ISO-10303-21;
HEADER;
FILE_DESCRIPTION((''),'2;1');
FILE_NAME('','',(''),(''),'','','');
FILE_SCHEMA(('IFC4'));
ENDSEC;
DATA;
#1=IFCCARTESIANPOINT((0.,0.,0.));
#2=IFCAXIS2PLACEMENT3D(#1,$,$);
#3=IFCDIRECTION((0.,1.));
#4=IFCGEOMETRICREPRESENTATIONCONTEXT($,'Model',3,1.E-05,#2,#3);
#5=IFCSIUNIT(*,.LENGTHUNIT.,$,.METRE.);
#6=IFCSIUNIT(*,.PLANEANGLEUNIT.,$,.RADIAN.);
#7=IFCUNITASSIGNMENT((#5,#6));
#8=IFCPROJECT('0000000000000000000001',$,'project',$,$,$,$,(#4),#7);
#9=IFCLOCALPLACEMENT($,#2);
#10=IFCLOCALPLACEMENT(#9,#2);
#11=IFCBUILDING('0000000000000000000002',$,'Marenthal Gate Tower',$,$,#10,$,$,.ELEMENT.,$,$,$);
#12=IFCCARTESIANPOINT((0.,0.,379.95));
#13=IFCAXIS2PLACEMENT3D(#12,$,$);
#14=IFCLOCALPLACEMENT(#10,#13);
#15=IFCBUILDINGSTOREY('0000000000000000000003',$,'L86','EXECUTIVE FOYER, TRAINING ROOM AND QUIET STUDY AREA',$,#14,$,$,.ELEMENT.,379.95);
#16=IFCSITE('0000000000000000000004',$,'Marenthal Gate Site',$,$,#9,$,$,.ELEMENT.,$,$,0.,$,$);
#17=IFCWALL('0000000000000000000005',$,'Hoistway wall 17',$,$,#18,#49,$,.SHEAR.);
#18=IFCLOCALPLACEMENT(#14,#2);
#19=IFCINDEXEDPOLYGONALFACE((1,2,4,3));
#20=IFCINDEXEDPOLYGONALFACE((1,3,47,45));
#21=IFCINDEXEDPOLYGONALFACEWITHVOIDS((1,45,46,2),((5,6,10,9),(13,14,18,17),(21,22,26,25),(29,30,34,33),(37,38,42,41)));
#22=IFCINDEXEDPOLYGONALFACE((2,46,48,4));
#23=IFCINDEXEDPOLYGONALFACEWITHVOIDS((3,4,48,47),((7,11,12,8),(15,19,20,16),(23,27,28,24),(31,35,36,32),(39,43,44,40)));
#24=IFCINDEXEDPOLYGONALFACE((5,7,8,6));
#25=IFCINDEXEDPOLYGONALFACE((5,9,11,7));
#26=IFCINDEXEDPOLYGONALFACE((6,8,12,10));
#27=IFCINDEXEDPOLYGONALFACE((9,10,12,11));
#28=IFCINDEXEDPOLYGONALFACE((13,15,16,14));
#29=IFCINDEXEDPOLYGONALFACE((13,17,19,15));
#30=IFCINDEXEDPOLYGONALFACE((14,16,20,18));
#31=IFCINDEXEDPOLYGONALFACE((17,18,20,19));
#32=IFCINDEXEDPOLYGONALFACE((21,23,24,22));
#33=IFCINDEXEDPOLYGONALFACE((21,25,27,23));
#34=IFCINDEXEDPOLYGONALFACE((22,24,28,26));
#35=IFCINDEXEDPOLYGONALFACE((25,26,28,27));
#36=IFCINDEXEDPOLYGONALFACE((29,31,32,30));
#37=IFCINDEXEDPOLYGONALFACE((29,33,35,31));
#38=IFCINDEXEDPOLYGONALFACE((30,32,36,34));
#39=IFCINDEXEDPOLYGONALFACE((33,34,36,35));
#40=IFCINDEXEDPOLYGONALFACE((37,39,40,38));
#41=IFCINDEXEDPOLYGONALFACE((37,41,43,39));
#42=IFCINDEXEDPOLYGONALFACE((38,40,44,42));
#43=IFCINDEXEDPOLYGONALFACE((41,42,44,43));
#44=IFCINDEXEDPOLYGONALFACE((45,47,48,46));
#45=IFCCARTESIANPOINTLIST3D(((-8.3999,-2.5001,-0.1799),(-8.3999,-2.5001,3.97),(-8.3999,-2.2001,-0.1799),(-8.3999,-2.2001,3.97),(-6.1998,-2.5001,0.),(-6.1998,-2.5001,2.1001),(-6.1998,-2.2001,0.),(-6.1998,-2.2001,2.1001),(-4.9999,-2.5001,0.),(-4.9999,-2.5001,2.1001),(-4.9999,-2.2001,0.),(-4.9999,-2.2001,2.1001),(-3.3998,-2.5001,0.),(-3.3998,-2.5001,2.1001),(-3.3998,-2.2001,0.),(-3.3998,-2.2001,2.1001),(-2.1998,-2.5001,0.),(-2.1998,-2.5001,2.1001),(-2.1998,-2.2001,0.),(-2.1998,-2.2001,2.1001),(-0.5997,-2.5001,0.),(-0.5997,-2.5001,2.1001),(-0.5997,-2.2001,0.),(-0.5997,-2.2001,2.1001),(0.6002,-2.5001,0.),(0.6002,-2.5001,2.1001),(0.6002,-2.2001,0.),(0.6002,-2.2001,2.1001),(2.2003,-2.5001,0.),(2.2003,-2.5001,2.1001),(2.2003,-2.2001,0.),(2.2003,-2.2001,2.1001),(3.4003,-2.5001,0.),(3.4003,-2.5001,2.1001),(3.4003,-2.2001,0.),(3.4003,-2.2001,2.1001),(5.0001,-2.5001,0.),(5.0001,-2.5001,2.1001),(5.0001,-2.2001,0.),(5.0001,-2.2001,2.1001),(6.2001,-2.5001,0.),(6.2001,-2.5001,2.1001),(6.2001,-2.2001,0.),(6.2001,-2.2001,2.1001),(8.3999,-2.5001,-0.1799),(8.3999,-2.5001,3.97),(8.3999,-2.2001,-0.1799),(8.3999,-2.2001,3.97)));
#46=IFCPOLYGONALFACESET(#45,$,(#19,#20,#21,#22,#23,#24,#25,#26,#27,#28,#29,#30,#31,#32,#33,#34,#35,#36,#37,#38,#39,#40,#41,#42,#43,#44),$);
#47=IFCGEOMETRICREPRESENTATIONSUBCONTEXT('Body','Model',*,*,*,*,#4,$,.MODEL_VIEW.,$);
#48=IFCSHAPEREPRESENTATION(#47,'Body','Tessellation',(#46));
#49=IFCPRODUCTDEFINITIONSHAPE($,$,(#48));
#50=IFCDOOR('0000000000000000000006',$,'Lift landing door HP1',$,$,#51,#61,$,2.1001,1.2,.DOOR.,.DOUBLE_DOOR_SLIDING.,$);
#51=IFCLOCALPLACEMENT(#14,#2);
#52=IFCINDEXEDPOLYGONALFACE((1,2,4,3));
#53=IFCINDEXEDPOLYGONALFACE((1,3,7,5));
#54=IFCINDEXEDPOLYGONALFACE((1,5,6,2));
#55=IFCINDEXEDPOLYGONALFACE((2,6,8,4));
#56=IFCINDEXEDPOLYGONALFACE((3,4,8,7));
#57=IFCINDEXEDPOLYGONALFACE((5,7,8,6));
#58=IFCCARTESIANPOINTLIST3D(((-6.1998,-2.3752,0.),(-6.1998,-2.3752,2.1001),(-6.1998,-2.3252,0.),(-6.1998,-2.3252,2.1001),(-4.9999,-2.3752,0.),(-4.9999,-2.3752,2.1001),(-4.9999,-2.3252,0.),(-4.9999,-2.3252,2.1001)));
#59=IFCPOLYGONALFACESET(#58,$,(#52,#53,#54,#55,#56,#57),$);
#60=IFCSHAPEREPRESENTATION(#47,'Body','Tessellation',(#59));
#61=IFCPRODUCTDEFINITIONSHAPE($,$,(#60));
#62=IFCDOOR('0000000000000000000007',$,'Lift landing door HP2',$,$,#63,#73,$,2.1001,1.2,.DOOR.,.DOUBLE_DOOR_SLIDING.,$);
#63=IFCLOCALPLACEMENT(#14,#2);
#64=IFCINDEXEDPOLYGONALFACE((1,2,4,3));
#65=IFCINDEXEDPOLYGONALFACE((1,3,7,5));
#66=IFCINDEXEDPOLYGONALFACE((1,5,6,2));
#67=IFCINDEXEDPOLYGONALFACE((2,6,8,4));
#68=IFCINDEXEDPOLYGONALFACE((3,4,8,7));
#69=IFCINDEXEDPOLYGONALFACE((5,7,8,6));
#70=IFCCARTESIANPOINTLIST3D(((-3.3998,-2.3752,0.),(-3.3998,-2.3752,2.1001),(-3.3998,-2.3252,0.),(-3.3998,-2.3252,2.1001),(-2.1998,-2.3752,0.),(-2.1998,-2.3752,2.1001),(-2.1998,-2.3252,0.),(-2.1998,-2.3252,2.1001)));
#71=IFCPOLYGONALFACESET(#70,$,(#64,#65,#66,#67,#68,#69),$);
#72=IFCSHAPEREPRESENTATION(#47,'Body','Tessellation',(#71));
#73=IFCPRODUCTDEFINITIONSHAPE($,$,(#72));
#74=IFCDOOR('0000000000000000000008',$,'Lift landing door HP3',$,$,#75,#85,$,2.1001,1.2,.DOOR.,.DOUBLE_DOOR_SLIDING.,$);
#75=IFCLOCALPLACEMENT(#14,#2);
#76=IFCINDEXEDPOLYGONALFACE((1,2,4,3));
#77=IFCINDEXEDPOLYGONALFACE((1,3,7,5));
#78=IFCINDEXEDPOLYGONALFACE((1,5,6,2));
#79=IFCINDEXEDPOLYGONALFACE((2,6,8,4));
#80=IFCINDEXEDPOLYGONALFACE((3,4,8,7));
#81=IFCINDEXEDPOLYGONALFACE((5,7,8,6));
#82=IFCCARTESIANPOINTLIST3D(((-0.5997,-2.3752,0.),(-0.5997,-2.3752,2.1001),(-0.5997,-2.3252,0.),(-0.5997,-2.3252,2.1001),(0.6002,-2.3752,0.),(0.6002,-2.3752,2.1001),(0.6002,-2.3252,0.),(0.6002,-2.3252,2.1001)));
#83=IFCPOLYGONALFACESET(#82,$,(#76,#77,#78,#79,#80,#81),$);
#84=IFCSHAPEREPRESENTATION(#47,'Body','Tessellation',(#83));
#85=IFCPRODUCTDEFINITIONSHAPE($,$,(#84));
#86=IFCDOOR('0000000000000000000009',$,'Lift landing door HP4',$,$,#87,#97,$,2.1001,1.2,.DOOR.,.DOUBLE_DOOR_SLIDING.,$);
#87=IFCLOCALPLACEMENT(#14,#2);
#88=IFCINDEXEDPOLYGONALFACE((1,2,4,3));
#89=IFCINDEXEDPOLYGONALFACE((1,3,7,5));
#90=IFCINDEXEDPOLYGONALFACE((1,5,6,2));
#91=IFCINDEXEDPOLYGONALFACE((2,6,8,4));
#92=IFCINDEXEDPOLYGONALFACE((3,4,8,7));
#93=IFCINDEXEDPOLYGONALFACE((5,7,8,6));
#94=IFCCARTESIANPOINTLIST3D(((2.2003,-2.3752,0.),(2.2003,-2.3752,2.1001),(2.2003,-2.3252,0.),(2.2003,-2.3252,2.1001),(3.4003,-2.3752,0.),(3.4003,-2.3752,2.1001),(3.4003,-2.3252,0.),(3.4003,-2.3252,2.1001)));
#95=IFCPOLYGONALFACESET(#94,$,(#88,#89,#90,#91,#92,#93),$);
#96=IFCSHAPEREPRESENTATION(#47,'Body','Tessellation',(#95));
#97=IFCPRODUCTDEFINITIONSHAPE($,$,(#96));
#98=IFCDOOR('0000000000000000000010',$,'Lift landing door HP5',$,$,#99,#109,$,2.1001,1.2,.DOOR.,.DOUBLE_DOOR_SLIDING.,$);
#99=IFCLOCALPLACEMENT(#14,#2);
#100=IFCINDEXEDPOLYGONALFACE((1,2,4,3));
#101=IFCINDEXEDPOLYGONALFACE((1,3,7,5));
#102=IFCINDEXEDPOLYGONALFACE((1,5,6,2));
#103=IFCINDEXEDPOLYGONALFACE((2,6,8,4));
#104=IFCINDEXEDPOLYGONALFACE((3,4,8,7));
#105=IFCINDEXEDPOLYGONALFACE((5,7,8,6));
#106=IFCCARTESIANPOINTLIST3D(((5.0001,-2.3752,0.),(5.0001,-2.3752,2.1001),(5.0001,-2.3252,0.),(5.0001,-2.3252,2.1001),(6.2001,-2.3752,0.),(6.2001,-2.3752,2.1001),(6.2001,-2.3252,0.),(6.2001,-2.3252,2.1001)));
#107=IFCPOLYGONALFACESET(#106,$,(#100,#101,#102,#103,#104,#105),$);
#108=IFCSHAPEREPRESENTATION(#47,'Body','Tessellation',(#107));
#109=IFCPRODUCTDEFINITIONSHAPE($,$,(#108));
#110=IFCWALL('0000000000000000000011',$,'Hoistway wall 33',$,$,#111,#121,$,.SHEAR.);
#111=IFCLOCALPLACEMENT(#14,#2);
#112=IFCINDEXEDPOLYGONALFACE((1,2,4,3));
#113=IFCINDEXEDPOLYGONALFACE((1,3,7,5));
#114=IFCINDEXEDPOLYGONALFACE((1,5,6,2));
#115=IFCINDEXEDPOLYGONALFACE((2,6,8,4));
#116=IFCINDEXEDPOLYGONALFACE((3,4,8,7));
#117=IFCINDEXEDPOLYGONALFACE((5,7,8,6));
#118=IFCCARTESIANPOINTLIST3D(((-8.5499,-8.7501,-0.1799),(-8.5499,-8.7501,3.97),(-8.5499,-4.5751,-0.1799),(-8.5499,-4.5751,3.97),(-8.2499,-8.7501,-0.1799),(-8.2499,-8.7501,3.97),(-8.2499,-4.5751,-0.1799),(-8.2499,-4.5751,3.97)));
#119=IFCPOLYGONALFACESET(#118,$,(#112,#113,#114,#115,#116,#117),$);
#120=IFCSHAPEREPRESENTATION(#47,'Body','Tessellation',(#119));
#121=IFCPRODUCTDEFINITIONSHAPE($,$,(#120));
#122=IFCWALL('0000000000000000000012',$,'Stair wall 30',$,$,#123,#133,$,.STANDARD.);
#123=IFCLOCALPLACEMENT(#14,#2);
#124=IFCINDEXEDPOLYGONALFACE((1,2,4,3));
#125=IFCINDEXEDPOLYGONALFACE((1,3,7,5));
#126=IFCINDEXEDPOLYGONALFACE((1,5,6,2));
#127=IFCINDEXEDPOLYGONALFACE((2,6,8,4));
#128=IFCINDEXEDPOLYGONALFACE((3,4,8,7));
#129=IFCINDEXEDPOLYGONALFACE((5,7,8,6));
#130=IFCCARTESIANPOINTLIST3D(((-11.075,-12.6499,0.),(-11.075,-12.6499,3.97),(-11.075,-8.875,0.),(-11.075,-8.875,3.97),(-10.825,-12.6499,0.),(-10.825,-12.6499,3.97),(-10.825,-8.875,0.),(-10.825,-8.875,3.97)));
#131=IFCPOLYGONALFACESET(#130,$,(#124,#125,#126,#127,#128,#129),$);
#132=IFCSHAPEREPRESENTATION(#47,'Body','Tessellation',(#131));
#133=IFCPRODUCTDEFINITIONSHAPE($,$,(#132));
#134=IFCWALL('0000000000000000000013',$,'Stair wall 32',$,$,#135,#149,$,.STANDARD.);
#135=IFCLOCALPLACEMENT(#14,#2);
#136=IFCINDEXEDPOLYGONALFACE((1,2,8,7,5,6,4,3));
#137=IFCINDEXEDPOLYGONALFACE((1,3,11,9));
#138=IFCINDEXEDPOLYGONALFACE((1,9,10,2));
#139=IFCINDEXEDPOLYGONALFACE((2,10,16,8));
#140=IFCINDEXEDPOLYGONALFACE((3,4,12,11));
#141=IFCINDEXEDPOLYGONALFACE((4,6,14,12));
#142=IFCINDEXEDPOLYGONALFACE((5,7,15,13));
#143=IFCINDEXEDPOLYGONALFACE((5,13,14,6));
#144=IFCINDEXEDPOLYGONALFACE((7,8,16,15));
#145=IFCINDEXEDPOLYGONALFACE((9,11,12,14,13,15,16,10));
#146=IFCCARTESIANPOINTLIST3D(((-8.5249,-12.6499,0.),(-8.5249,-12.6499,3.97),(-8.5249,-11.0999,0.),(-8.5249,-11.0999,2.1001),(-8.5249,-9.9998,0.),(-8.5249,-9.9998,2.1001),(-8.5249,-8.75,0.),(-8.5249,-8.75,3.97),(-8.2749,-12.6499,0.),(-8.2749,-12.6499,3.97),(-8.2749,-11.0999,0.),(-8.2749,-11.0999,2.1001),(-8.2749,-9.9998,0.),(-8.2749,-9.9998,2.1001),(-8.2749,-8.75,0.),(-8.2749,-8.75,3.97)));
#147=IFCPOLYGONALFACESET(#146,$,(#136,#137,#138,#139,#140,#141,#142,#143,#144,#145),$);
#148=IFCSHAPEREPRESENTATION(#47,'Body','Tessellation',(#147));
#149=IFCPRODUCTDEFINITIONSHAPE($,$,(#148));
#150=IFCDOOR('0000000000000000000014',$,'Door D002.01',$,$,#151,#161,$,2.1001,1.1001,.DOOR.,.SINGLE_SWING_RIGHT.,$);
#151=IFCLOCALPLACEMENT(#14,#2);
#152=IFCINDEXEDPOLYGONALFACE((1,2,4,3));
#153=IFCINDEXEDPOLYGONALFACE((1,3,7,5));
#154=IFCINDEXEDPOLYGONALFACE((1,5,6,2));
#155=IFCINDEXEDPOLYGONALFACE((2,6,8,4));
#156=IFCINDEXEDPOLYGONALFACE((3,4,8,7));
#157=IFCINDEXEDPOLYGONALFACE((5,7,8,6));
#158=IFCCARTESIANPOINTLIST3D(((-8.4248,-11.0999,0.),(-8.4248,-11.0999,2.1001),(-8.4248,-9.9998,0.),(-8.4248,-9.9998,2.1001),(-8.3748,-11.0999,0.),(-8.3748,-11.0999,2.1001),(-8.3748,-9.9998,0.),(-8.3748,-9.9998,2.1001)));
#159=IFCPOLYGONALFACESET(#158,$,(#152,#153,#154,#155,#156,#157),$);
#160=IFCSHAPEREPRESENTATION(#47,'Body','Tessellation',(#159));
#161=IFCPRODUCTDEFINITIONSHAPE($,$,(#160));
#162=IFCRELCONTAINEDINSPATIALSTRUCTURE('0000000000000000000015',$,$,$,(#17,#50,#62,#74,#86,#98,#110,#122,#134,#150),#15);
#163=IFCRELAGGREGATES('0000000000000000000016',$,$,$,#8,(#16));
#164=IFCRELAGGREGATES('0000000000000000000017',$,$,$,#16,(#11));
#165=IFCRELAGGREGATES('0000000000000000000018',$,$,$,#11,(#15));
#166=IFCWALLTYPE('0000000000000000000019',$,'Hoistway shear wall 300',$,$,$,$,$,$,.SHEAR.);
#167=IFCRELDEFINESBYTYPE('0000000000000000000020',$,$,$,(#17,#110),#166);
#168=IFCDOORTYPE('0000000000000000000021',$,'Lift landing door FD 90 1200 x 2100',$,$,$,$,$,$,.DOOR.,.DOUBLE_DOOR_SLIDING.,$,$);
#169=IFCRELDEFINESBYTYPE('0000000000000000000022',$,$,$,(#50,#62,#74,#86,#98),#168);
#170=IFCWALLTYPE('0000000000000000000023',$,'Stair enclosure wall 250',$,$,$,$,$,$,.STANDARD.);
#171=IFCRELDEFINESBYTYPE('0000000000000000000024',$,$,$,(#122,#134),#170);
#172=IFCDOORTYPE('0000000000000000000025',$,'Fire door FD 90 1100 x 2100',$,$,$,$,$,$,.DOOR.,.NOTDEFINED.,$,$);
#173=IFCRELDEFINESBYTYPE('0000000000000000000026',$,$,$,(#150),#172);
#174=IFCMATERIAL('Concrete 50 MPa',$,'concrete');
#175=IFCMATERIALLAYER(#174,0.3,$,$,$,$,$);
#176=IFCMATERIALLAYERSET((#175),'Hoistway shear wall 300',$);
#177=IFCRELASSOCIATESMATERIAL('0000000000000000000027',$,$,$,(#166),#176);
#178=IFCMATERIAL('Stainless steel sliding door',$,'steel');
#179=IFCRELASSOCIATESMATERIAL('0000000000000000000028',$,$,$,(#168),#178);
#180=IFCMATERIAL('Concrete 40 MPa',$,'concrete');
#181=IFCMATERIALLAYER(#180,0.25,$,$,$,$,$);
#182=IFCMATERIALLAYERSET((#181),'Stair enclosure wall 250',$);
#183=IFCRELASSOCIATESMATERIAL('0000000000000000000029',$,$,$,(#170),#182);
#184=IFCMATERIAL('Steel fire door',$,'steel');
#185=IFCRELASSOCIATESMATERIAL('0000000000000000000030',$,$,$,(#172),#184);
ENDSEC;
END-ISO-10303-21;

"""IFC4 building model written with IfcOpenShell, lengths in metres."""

from ifc_helpers import new_model, si_unit, direction, frame, frame_2d, origin, place, context, subcontext, project, spatial, rectangle, extrude, material, layer, layer_set, type_object, element, fill, save


model = new_model("IFC4")

# Units and contexts
model_context = context("Model", 3, precision=1e-05, world=origin(), true_north=direction((0.0, 1.0)))
body_context = subcontext(model_context, "Body", "Model", "MODEL_VIEW")
ifc_project = project(units=[si_unit("LENGTHUNIT", "METRE"), si_unit("PLANEANGLEUNIT", "RADIAN")], contexts=[model_context])

# Site, building, storey
site_placement = place(None, origin())
site = spatial("IfcSite", under=ifc_project, at=site_placement, Name="Marenthal Gate Site", CompositionType="ELEMENT", RefElevation=0.0)
building_placement = place(site_placement, origin())
building = spatial("IfcBuilding", under=site, at=building_placement, Name="Marenthal Gate Tower", CompositionType="ELEMENT")
storey_placement = place(building_placement, frame((0.0, 0.0, 379.95)))
storey = spatial("IfcBuildingStorey", under=building, at=storey_placement, Name="L86", Description="EXECUTIVE FOYER, TRAINING ROOM AND QUIET STUDY AREA", CompositionType="ELEMENT", Elevation=379.95)

# Wall, openings, doors
ifc_material_1 = material(Name="Concrete 50 MPa", Category="concrete")
ifc_layer_1 = layer(ifc_material_1, 0.3)
ifc_layer_set_1 = layer_set([ifc_layer_1], Name="Hoistway shear wall 300")
wall_type_1 = type_object("IfcWallType", Name="Hoistway shear wall 300", PredefinedType="SHEAR", material=ifc_layer_set_1)
wall_1_placement = place(storey_placement, frame((-8.3999, -2.3501, -0.1799), z_axis=(0.0, 0.0, 1.0), x_axis=(1.0, 0.0, 0.0)))
wall_1 = element("IfcWall", 1, at=wall_1_placement, inside=storey, type_object=wall_type_1, Name="Hoistway wall 17", PredefinedType="SHEAR", context=body_context, shape_type="SweptSolid", body=[
    extrude(rectangle(XDim=16.7998, YDim=0.3, at=frame_2d((8.3999, 0.0))), origin(), (0.0, 0.0, 1.0), 4.1499),
])
opening_1_placement = place(wall_1_placement, frame((2.2, 0.0, 0.1799)))
opening_1 = element("IfcOpeningElement", 2, at=opening_1_placement, cuts=wall_1, PredefinedType="OPENING", context=body_context, shape_type="SweptSolid", body=[
    extrude(rectangle(XDim=1.2, YDim=2.1001, at=frame_2d((0.6001, 1.05))), frame((0.0, 0.1602, 0.0), z_axis=(0.0, -1.0, 0.0), x_axis=(1.0, 0.0, 0.0)), (0.0, 0.0, 1.0), 0.3201),
])
opening_2_placement = place(wall_1_placement, frame((5.0, 0.0, 0.1799)))
opening_2 = element("IfcOpeningElement", 3, at=opening_2_placement, cuts=wall_1, PredefinedType="OPENING", context=body_context, shape_type="SweptSolid", body=[
    extrude(rectangle(XDim=1.2, YDim=2.1001, at=frame_2d((0.6001, 1.05))), frame((0.0, 0.1602, 0.0), z_axis=(0.0, -1.0, 0.0), x_axis=(1.0, 0.0, 0.0)), (0.0, 0.0, 1.0), 0.3201),
])
opening_3_placement = place(wall_1_placement, frame((7.8, 0.0, 0.1799)))
opening_3 = element("IfcOpeningElement", 4, at=opening_3_placement, cuts=wall_1, PredefinedType="OPENING", context=body_context, shape_type="SweptSolid", body=[
    extrude(rectangle(XDim=1.2, YDim=2.1001, at=frame_2d((0.6001, 1.05))), frame((0.0, 0.1602, 0.0), z_axis=(0.0, -1.0, 0.0), x_axis=(1.0, 0.0, 0.0)), (0.0, 0.0, 1.0), 0.3201),
])
opening_4_placement = place(wall_1_placement, frame((10.6001, 0.0, 0.1799)))
opening_4 = element("IfcOpeningElement", 5, at=opening_4_placement, cuts=wall_1, PredefinedType="OPENING", context=body_context, shape_type="SweptSolid", body=[
    extrude(rectangle(XDim=1.2, YDim=2.1001, at=frame_2d((0.6001, 1.05))), frame((0.0, 0.1602, 0.0), z_axis=(0.0, -1.0, 0.0), x_axis=(1.0, 0.0, 0.0)), (0.0, 0.0, 1.0), 0.3201),
])
opening_5_placement = place(wall_1_placement, frame((13.3999, 0.0, 0.1799)))
opening_5 = element("IfcOpeningElement", 6, at=opening_5_placement, cuts=wall_1, PredefinedType="OPENING", context=body_context, shape_type="SweptSolid", body=[
    extrude(rectangle(XDim=1.2, YDim=2.1001, at=frame_2d((0.6001, 1.05))), frame((0.0, 0.1602, 0.0), z_axis=(0.0, -1.0, 0.0), x_axis=(1.0, 0.0, 0.0)), (0.0, 0.0, 1.0), 0.3201),
])
ifc_material_2 = material(Name="Stainless steel sliding door", Category="steel")
door_type_1 = type_object("IfcDoorType", Name="Lift landing door FD 90 1200 x 2100", OperationType="DOUBLE_DOOR_SLIDING", PredefinedType="DOOR", material=ifc_material_2)
door_1_placement = place(opening_1_placement, origin())
door_1 = element("IfcDoor", 7, at=door_1_placement, inside=storey, type_object=door_type_1, Name="Lift landing door HP1", OperationType="DOUBLE_DOOR_SLIDING", OverallHeight=2.1001, OverallWidth=1.2, PredefinedType="DOOR", context=body_context, shape_type="SweptSolid", body=[
    extrude(rectangle(XDim=1.2, YDim=2.1001, at=frame_2d((0.6001, 1.05))), frame((0.0, 0.0249, 0.0), z_axis=(0.0, -1.0, 0.0), x_axis=(1.0, 0.0, 0.0)), (0.0, 0.0, 1.0), 0.05),
])
fill(opening_1, door_1)
door_2_placement = place(opening_2_placement, origin())
door_2 = element("IfcDoor", 8, at=door_2_placement, inside=storey, type_object=door_type_1, Name="Lift landing door HP2", OperationType="DOUBLE_DOOR_SLIDING", OverallHeight=2.1001, OverallWidth=1.2, PredefinedType="DOOR", context=body_context, shape_type="SweptSolid", body=[
    extrude(rectangle(XDim=1.2, YDim=2.1001, at=frame_2d((0.6001, 1.05))), frame((0.0, 0.0249, 0.0), z_axis=(0.0, -1.0, 0.0), x_axis=(1.0, 0.0, 0.0)), (0.0, 0.0, 1.0), 0.05),
])
fill(opening_2, door_2)
door_3_placement = place(opening_3_placement, origin())
door_3 = element("IfcDoor", 9, at=door_3_placement, inside=storey, type_object=door_type_1, Name="Lift landing door HP3", OperationType="DOUBLE_DOOR_SLIDING", OverallHeight=2.1001, OverallWidth=1.2, PredefinedType="DOOR", context=body_context, shape_type="SweptSolid", body=[
    extrude(rectangle(XDim=1.2, YDim=2.1001, at=frame_2d((0.6001, 1.05))), frame((0.0, 0.0249, 0.0), z_axis=(0.0, -1.0, 0.0), x_axis=(1.0, 0.0, 0.0)), (0.0, 0.0, 1.0), 0.05),
])
fill(opening_3, door_3)
door_4_placement = place(opening_4_placement, origin())
door_4 = element("IfcDoor", 10, at=door_4_placement, inside=storey, type_object=door_type_1, Name="Lift landing door HP4", OperationType="DOUBLE_DOOR_SLIDING", OverallHeight=2.1001, OverallWidth=1.2, PredefinedType="DOOR", context=body_context, shape_type="SweptSolid", body=[
    extrude(rectangle(XDim=1.2, YDim=2.1001, at=frame_2d((0.6001, 1.05))), frame((0.0, 0.0249, 0.0), z_axis=(0.0, -1.0, 0.0), x_axis=(1.0, 0.0, 0.0)), (0.0, 0.0, 1.0), 0.05),
])
fill(opening_4, door_4)
door_5_placement = place(opening_5_placement, origin())
door_5 = element("IfcDoor", 11, at=door_5_placement, inside=storey, type_object=door_type_1, Name="Lift landing door HP5", OperationType="DOUBLE_DOOR_SLIDING", OverallHeight=2.1001, OverallWidth=1.2, PredefinedType="DOOR", context=body_context, shape_type="SweptSolid", body=[
    extrude(rectangle(XDim=1.2, YDim=2.1001, at=frame_2d((0.6001, 1.05))), frame((0.0, 0.0249, 0.0), z_axis=(0.0, -1.0, 0.0), x_axis=(1.0, 0.0, 0.0)), (0.0, 0.0, 1.0), 0.05),
])
fill(opening_5, door_5)

# Walls
wall_2_placement = place(storey_placement, frame((-8.3999, -8.75, -0.1799), z_axis=(0.0, 0.0, 1.0), x_axis=(0.0, 1.0, 0.0)))
element("IfcWall", 12, at=wall_2_placement, inside=storey, type_object=wall_type_1, Name="Hoistway wall 33", PredefinedType="SHEAR", context=body_context, shape_type="SweptSolid", body=[
    extrude(rectangle(XDim=4.175, YDim=0.3, at=frame_2d((2.0874, 0.0))), origin(), (0.0, 0.0, 1.0), 4.1499),
])
ifc_material_3 = material(Name="Concrete 40 MPa", Category="concrete")
ifc_layer_2 = layer(ifc_material_3, 0.25)
ifc_layer_set_2 = layer_set([ifc_layer_2], Name="Stair enclosure wall 250")
wall_type_2 = type_object("IfcWallType", Name="Stair enclosure wall 250", PredefinedType="STANDARD", material=ifc_layer_set_2)
wall_3_placement = place(storey_placement, frame((-10.95, -12.6499, 0.0), z_axis=(0.0, 0.0, 1.0), x_axis=(0.0, 1.0, 0.0)))
element("IfcWall", 13, at=wall_3_placement, inside=storey, type_object=wall_type_2, Name="Stair wall 30", PredefinedType="STANDARD", context=body_context, shape_type="SweptSolid", body=[
    extrude(rectangle(XDim=3.7749, YDim=0.25, at=frame_2d((1.8875, 0.0))), origin(), (0.0, 0.0, 1.0), 3.97),
])

# Wall, opening, door
wall_4_placement = place(storey_placement, frame((-8.3999, -12.6499, 0.0), z_axis=(0.0, 0.0, 1.0), x_axis=(0.0, 1.0, 0.0)))
wall_4 = element("IfcWall", 14, at=wall_4_placement, inside=storey, type_object=wall_type_2, Name="Stair wall 32", PredefinedType="STANDARD", context=body_context, shape_type="SweptSolid", body=[
    extrude(rectangle(XDim=3.8999, YDim=0.25, at=frame_2d((1.95, 0.0))), origin(), (0.0, 0.0, 1.0), 3.97),
])
opening_6_placement = place(wall_4_placement, frame((1.55, 0.0, 0.0)))
opening_6 = element("IfcOpeningElement", 15, at=opening_6_placement, cuts=wall_4, PredefinedType="OPENING", context=body_context, shape_type="SweptSolid", body=[
    extrude(rectangle(XDim=1.1001, YDim=2.1001, at=frame_2d((0.55, 1.05))), frame((0.0, 0.135, 0.0), z_axis=(0.0, -1.0, 0.0), x_axis=(1.0, 0.0, 0.0)), (0.0, 0.0, 1.0), 0.27),
])
ifc_material_4 = material(Name="Steel fire door", Category="steel")
door_type_2 = type_object("IfcDoorType", Name="Fire door FD 90 1100 x 2100", OperationType="NOTDEFINED", PredefinedType="DOOR", material=ifc_material_4)
door_6_placement = place(opening_6_placement, origin())
door_6 = element("IfcDoor", 16, at=door_6_placement, inside=storey, type_object=door_type_2, Name="Door D002.01", OperationType="SINGLE_SWING_RIGHT", OverallHeight=2.1001, OverallWidth=1.1001, PredefinedType="DOOR", context=body_context, shape_type="SweptSolid", body=[
    extrude(rectangle(XDim=1.1001, YDim=2.1001, at=frame_2d((0.55, 1.05))), frame((0.0, 0.0249, 0.0), z_axis=(0.0, -1.0, 0.0), x_axis=(1.0, 0.0, 0.0)), (0.0, 0.0, 1.0), 0.05),
])
fill(opening_6, door_6)

save(model, "model.ifc")
